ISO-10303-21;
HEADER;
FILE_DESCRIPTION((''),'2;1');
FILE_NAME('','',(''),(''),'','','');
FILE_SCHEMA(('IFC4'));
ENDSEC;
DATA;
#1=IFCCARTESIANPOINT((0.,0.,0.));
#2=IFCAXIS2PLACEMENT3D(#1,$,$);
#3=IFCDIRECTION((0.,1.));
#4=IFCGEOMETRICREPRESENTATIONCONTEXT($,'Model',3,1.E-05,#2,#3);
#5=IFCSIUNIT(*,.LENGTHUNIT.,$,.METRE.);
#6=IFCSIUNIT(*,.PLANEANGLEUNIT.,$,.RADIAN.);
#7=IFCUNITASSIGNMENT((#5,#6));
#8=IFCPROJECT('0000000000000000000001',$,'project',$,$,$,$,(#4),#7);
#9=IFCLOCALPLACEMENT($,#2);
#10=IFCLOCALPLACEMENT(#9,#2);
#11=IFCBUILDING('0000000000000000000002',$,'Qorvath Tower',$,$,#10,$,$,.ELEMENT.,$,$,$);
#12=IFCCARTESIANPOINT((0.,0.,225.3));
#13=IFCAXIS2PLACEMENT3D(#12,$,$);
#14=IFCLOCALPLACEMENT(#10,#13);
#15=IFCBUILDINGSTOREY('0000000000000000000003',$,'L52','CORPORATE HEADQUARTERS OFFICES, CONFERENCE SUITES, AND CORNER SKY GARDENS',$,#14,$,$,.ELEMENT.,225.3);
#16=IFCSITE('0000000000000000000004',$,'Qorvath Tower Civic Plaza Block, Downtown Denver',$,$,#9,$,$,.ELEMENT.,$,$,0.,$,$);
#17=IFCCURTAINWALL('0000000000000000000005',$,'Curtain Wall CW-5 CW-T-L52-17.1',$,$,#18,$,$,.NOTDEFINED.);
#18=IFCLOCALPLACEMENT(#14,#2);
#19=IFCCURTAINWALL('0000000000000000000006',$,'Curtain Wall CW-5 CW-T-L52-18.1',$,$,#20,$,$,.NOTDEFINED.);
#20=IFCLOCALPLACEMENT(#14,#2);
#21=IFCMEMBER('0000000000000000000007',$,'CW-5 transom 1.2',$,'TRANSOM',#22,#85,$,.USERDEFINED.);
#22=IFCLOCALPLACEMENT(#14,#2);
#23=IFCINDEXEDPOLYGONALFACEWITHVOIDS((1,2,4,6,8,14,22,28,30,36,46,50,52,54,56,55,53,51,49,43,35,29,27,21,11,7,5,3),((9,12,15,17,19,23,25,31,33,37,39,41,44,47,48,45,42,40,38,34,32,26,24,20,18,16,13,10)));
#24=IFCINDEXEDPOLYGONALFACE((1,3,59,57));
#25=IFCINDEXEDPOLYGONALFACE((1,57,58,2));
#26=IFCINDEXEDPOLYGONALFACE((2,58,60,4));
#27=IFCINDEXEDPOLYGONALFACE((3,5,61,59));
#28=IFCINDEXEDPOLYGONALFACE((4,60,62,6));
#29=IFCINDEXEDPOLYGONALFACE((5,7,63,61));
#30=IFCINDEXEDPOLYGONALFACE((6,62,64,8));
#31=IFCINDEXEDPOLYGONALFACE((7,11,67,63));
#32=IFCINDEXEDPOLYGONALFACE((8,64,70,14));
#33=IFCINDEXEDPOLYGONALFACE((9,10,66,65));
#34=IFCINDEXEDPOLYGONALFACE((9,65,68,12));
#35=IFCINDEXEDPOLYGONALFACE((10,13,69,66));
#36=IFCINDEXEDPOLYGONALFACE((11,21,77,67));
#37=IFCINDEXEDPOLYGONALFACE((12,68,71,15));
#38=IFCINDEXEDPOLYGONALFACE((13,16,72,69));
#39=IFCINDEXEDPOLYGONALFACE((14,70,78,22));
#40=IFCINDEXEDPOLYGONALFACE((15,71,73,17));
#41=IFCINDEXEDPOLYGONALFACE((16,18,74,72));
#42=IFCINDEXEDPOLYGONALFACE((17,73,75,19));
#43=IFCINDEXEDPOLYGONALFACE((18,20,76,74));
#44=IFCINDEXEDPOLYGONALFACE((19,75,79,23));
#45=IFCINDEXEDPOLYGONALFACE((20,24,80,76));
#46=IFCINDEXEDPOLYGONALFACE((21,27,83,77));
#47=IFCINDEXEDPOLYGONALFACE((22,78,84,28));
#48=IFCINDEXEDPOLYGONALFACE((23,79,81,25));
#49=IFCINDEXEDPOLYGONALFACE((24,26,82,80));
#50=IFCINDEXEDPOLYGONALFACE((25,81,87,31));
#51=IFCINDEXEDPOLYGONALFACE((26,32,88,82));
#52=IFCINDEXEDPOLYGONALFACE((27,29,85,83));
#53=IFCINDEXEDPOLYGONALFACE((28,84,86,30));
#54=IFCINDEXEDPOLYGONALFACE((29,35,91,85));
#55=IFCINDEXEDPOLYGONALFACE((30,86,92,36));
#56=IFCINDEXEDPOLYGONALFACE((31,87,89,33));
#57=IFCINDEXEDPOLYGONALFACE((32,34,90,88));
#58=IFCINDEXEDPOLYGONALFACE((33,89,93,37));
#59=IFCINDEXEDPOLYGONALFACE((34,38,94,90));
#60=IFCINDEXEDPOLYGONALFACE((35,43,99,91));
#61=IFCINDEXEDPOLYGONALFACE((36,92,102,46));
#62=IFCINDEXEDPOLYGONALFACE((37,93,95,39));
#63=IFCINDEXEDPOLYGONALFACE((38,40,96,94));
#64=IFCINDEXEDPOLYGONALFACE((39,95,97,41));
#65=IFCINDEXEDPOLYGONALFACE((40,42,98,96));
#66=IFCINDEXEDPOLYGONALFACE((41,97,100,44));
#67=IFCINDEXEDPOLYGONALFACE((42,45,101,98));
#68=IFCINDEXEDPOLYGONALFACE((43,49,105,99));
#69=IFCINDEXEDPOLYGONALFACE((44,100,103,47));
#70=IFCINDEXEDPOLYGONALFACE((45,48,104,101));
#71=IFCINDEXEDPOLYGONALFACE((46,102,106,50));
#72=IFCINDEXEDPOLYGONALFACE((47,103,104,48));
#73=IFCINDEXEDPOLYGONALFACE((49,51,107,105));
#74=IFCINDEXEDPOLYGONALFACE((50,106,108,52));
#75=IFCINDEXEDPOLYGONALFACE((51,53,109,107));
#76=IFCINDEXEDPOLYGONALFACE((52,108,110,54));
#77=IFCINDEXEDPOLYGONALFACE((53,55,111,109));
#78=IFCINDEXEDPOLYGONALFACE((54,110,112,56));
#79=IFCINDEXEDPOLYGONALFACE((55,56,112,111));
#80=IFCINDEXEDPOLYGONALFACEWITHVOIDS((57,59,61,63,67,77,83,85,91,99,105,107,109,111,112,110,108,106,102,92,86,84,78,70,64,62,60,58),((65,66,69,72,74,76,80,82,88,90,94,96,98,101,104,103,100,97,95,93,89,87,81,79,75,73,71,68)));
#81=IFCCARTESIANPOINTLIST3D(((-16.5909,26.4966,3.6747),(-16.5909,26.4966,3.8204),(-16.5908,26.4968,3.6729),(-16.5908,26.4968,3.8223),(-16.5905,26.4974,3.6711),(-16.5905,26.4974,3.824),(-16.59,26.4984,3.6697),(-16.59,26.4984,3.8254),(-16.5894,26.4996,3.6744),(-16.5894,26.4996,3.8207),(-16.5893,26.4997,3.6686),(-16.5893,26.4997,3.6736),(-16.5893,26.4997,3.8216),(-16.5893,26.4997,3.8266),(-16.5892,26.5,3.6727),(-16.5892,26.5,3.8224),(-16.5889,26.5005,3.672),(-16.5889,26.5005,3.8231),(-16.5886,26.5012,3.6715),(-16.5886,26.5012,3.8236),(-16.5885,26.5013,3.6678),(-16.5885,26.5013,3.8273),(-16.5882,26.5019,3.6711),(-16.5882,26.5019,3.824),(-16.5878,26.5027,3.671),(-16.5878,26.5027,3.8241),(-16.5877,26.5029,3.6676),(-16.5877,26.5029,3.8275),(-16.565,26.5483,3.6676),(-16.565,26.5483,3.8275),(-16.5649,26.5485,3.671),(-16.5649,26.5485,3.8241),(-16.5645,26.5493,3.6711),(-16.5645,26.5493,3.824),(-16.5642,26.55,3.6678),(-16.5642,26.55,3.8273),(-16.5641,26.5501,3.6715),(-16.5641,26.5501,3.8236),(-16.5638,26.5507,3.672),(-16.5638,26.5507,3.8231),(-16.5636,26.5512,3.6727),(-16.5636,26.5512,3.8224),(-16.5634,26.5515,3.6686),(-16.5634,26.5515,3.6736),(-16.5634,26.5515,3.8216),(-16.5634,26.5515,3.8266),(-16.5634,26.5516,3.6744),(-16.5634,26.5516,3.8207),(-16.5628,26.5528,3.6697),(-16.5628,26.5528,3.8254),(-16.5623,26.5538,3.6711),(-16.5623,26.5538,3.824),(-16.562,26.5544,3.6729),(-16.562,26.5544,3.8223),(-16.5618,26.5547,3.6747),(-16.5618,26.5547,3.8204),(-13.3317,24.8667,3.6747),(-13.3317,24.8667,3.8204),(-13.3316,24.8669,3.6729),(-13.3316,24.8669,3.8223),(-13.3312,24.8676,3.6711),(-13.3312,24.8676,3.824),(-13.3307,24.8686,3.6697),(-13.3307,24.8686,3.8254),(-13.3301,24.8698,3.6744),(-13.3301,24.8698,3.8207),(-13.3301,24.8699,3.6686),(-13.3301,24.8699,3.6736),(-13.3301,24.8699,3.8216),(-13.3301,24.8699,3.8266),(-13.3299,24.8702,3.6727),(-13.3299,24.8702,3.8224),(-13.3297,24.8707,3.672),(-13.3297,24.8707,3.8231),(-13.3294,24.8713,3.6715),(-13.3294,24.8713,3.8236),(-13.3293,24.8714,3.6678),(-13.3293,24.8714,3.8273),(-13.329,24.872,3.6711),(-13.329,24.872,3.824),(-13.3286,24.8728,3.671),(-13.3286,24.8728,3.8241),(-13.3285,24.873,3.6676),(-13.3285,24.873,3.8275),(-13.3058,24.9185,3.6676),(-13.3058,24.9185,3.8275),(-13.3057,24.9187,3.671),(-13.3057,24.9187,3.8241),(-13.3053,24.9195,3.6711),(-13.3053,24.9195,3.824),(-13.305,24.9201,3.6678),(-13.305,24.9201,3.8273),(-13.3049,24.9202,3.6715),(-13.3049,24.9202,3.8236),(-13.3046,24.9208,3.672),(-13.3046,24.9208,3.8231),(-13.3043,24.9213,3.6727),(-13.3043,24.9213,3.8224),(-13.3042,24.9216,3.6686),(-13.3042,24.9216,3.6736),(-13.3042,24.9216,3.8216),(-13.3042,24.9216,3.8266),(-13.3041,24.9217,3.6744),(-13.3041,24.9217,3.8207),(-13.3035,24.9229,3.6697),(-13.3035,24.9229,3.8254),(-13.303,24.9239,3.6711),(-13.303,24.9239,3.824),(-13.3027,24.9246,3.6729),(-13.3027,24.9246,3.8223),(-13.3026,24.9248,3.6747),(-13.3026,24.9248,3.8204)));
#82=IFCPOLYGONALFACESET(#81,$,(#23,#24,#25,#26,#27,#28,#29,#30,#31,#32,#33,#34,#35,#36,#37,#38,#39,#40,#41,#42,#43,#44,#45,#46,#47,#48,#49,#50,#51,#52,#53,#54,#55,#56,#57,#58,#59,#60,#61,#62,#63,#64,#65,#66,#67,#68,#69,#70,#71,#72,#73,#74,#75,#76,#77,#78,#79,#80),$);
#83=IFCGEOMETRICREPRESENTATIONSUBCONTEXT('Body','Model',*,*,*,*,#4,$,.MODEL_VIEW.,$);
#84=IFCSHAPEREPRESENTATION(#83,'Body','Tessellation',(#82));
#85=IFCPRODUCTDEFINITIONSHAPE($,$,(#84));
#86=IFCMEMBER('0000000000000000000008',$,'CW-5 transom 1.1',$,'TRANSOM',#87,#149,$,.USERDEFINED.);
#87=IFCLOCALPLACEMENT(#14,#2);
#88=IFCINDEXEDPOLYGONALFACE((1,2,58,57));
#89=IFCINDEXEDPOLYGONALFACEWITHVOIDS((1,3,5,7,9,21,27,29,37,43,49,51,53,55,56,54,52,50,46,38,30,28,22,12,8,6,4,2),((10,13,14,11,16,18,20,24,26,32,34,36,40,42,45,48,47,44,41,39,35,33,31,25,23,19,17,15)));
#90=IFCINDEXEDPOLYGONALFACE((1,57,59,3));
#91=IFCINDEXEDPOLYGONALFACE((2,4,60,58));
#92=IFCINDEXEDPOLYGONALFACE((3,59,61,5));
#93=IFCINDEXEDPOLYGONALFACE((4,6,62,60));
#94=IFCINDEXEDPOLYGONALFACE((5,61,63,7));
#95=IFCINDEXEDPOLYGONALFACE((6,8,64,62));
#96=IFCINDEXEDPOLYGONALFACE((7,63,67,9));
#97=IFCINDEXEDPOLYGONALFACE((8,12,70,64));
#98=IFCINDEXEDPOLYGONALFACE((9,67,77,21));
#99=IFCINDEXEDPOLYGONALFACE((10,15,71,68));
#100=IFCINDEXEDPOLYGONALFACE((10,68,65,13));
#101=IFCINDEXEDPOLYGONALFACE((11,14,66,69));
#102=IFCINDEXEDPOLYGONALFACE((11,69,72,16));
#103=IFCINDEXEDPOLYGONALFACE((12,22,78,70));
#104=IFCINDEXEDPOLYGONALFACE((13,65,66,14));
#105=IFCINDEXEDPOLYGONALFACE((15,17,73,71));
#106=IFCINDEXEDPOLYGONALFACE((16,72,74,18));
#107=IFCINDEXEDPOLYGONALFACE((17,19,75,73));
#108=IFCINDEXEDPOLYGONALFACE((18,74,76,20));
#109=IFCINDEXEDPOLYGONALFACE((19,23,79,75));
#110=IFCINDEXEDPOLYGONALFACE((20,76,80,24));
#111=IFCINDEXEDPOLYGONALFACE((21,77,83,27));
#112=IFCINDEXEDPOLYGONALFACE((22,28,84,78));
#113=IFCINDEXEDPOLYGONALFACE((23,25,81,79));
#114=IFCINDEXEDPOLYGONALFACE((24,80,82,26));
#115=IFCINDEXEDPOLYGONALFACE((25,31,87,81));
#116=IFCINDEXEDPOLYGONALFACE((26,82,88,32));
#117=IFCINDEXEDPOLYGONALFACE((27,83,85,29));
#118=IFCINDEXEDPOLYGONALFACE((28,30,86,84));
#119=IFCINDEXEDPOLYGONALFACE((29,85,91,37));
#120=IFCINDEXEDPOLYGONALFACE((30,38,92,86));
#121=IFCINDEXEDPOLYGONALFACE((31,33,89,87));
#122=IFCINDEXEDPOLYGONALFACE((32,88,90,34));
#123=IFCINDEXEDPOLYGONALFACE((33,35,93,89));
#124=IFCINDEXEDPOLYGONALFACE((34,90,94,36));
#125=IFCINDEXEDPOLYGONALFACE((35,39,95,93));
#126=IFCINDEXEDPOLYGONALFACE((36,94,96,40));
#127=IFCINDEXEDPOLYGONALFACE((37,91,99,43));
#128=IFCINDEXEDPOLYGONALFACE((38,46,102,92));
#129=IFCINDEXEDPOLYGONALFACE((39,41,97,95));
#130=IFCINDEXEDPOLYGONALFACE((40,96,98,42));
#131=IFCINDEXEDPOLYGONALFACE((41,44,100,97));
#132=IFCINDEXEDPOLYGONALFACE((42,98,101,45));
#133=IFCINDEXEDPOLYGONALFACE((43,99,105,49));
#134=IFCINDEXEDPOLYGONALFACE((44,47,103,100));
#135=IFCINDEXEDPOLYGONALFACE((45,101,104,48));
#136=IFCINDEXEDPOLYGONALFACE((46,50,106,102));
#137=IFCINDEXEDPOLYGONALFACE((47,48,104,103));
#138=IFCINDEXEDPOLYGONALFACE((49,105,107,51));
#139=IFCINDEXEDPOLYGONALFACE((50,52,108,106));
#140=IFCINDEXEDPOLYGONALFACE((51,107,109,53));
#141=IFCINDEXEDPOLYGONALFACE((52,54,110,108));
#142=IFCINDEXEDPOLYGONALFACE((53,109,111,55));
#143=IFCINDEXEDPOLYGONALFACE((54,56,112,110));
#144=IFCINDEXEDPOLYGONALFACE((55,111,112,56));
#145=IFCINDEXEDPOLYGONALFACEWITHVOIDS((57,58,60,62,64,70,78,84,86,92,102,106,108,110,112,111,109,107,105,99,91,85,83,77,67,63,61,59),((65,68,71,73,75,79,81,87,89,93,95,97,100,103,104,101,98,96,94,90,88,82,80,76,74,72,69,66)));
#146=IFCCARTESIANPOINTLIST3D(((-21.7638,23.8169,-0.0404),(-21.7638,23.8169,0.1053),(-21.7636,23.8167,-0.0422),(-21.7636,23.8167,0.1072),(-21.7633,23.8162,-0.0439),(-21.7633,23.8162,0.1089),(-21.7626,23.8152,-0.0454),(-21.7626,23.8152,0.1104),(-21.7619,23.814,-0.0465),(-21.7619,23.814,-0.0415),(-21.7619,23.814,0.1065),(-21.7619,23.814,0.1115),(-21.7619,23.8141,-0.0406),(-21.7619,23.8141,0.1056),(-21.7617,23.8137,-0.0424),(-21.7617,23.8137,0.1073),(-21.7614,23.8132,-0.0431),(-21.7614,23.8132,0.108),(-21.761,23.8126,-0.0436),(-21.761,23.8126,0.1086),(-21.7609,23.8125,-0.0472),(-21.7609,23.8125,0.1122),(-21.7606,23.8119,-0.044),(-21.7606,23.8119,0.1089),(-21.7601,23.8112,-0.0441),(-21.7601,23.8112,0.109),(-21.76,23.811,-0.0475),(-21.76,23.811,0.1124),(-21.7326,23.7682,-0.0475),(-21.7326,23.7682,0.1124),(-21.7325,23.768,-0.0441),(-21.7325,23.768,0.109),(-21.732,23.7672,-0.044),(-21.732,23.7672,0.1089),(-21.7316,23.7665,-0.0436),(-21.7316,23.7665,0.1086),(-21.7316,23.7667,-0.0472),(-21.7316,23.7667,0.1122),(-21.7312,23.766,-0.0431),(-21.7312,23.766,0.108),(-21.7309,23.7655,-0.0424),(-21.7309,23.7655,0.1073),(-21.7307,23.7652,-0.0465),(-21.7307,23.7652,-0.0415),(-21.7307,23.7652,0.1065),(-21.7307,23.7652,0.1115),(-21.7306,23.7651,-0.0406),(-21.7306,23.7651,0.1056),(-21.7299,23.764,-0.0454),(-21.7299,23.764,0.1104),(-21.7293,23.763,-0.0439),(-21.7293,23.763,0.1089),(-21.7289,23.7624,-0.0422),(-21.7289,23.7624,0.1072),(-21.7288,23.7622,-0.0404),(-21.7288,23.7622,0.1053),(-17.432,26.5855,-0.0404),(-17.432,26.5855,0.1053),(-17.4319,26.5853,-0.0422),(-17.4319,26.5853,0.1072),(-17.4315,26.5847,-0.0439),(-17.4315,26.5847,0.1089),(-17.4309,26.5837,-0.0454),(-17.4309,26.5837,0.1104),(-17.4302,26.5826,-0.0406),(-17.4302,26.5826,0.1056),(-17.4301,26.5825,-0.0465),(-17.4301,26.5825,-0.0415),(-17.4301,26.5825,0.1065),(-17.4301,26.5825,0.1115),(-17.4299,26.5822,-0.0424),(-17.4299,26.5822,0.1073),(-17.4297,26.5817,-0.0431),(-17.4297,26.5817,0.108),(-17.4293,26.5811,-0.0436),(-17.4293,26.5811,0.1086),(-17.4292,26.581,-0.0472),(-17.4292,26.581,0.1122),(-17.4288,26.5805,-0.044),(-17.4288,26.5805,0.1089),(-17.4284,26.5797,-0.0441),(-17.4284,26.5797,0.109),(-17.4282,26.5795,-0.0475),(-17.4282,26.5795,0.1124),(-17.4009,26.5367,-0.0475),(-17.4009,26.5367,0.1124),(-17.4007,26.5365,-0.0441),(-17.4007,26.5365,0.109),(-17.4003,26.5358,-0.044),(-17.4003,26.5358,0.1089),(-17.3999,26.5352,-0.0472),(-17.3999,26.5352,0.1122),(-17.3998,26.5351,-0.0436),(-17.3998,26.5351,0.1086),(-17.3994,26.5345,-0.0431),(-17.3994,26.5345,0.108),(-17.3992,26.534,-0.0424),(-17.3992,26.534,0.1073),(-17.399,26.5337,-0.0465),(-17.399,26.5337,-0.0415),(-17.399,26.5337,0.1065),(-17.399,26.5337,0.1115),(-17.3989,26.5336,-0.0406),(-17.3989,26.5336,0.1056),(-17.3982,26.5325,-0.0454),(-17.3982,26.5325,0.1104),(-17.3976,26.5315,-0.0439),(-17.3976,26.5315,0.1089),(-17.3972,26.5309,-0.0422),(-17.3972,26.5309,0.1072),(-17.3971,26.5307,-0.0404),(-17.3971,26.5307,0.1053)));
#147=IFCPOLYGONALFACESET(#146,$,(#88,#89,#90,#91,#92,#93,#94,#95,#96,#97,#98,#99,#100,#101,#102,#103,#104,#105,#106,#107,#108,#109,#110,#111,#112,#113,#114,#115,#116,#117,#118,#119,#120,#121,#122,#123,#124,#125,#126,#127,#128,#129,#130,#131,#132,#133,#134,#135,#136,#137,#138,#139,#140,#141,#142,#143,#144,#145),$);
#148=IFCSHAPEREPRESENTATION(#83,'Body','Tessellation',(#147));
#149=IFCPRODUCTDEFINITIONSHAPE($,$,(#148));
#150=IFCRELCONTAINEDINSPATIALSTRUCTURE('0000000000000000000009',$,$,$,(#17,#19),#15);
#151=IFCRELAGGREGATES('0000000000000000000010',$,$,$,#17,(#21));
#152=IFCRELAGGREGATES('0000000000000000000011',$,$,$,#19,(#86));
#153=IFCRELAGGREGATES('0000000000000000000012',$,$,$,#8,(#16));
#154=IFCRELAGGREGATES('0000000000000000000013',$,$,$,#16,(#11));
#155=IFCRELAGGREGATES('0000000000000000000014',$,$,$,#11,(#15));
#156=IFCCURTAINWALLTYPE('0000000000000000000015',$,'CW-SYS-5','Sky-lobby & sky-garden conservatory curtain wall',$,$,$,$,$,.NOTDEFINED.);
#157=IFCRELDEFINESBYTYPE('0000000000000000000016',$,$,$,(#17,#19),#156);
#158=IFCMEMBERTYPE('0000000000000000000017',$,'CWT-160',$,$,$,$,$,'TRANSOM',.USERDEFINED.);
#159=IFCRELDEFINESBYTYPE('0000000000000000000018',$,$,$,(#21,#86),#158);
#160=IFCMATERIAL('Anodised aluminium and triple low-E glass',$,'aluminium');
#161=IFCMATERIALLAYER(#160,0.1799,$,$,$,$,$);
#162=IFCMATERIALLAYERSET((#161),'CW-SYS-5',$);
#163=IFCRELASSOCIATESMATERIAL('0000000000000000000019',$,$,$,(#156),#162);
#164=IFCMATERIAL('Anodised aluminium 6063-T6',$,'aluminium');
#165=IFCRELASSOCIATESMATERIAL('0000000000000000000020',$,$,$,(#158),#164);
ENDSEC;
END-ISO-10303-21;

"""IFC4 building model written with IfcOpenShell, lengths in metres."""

from ifc_helpers import new_model, si_unit, direction, frame, origin, origin_2d, place, context, subcontext, project, spatial, hollow_rectangle, extrude, material, layer, layer_set, material_profile, profile_set, type_object, element, aggregate, save


model = new_model("IFC4")

# Units and contexts
model_context = context("Model", 3, precision=1e-05, world=origin(), true_north=direction((0.0, 1.0)))
body_context = subcontext(model_context, "Body", "Model", "MODEL_VIEW")
ifc_project = project(units=[si_unit("LENGTHUNIT", "METRE"), si_unit("PLANEANGLEUNIT", "RADIAN")], contexts=[model_context])

# Site, building, storey
site_placement = place(None, origin())
site = spatial("IfcSite", under=ifc_project, at=site_placement, Name="Qorvath Tower Civic Plaza Block, Downtown Denver", CompositionType="ELEMENT", RefElevation=0.0)
building_placement = place(site_placement, origin())
building = spatial("IfcBuilding", under=site, at=building_placement, Name="Qorvath Tower", CompositionType="ELEMENT")
storey_placement = place(building_placement, frame((0.0, 0.0, 225.3)))
storey = spatial("IfcBuildingStorey", under=building, at=storey_placement, Name="L52", Description="CORPORATE HEADQUARTERS OFFICES, CONFERENCE SUITES, AND CORNER SKY GARDENS", CompositionType="ELEMENT", Elevation=225.3)

# Shared definitions
ifc_material_1 = material(Name="Anodised aluminium and triple low-E glass", Category="aluminium")
ifc_layer_1 = layer(ifc_material_1, 0.1799)
ifc_layer_set_1 = layer_set([ifc_layer_1], Name="CW-SYS-5")
curtain_wall_type = type_object("IfcCurtainWallType", Name="CW-SYS-5", Description="Sky-lobby & sky-garden conservatory curtain wall", PredefinedType="NOTDEFINED", material=ifc_layer_set_1)

# Curtain wall
curtain_wall_1_placement = place(storey_placement, origin())
curtain_wall_1 = element("IfcCurtainWall", 1, at=curtain_wall_1_placement, inside=storey, type_object=curtain_wall_type, Name="Curtain Wall CW-5 CW-T-L52-17.1", PredefinedType="NOTDEFINED")

# Curtain wall
curtain_wall_2_placement = place(storey_placement, origin())
curtain_wall_2 = element("IfcCurtainWall", 2, at=curtain_wall_2_placement, inside=storey, type_object=curtain_wall_type, Name="Curtain Wall CW-5 CW-T-L52-18.1", PredefinedType="NOTDEFINED")

# Members
ifc_material_2 = material(Name="Anodised aluminium 6063-T6", Category="aluminium")
ifc_material_profile_1 = material_profile(ifc_material_2, hollow_rectangle(XDim=0.0649, YDim=0.1599, WallThickness=0.0034, InnerFilletRadius=0.0034, OuterFilletRadius=0.0071, at=origin_2d()), Name="CWT 160x65")
ifc_profile_set_1 = profile_set([ifc_material_profile_1], Name="Anodised aluminium 6063-T6")
member_type_1 = type_object("IfcMemberType", Name="CWT-160", ElementType="TRANSOM", PredefinedType="USERDEFINED", material=ifc_profile_set_1)
member_1_placement = place(storey_placement, frame((-13.3171, 24.8958, 3.7476), z_axis=(-0.8944, 0.447267, 0.0), x_axis=(-0.447267, -0.8944, 0.0)))
member_1 = element("IfcMember", 3, at=member_1_placement, type_object=member_type_1, Name="CW-5 transom 1.2", ObjectType="TRANSOM", PredefinedType="USERDEFINED", context=body_context, shape_type="SweptSolid", body=[
    extrude(hollow_rectangle(XDim=0.0649, YDim=0.1599, WallThickness=0.0034, InnerFilletRadius=0.0034, OuterFilletRadius=0.0071, at=origin_2d()), origin(), (0.0, 0.0, 1.0), 3.644),
])
member_2_placement = place(storey_placement, frame((-17.4146, 26.5581, 0.0325), z_axis=(-0.842606, -0.538531, 0.0), x_axis=(0.538531, -0.842606, 0.0)))
member_2 = element("IfcMember", 4, at=member_2_placement, type_object=member_type_1, Name="CW-5 transom 1.1", ObjectType="TRANSOM", PredefinedType="USERDEFINED", context=body_context, shape_type="SweptSolid", body=[
    extrude(hollow_rectangle(XDim=0.0649, YDim=0.1599, WallThickness=0.0034, InnerFilletRadius=0.0034, OuterFilletRadius=0.0071, at=origin_2d()), origin(), (0.0, 0.0, 1.0), 5.1409),
])

aggregate(curtain_wall_1, [member_1])
aggregate(curtain_wall_2, [member_2])

save(model, "model.ifc")
